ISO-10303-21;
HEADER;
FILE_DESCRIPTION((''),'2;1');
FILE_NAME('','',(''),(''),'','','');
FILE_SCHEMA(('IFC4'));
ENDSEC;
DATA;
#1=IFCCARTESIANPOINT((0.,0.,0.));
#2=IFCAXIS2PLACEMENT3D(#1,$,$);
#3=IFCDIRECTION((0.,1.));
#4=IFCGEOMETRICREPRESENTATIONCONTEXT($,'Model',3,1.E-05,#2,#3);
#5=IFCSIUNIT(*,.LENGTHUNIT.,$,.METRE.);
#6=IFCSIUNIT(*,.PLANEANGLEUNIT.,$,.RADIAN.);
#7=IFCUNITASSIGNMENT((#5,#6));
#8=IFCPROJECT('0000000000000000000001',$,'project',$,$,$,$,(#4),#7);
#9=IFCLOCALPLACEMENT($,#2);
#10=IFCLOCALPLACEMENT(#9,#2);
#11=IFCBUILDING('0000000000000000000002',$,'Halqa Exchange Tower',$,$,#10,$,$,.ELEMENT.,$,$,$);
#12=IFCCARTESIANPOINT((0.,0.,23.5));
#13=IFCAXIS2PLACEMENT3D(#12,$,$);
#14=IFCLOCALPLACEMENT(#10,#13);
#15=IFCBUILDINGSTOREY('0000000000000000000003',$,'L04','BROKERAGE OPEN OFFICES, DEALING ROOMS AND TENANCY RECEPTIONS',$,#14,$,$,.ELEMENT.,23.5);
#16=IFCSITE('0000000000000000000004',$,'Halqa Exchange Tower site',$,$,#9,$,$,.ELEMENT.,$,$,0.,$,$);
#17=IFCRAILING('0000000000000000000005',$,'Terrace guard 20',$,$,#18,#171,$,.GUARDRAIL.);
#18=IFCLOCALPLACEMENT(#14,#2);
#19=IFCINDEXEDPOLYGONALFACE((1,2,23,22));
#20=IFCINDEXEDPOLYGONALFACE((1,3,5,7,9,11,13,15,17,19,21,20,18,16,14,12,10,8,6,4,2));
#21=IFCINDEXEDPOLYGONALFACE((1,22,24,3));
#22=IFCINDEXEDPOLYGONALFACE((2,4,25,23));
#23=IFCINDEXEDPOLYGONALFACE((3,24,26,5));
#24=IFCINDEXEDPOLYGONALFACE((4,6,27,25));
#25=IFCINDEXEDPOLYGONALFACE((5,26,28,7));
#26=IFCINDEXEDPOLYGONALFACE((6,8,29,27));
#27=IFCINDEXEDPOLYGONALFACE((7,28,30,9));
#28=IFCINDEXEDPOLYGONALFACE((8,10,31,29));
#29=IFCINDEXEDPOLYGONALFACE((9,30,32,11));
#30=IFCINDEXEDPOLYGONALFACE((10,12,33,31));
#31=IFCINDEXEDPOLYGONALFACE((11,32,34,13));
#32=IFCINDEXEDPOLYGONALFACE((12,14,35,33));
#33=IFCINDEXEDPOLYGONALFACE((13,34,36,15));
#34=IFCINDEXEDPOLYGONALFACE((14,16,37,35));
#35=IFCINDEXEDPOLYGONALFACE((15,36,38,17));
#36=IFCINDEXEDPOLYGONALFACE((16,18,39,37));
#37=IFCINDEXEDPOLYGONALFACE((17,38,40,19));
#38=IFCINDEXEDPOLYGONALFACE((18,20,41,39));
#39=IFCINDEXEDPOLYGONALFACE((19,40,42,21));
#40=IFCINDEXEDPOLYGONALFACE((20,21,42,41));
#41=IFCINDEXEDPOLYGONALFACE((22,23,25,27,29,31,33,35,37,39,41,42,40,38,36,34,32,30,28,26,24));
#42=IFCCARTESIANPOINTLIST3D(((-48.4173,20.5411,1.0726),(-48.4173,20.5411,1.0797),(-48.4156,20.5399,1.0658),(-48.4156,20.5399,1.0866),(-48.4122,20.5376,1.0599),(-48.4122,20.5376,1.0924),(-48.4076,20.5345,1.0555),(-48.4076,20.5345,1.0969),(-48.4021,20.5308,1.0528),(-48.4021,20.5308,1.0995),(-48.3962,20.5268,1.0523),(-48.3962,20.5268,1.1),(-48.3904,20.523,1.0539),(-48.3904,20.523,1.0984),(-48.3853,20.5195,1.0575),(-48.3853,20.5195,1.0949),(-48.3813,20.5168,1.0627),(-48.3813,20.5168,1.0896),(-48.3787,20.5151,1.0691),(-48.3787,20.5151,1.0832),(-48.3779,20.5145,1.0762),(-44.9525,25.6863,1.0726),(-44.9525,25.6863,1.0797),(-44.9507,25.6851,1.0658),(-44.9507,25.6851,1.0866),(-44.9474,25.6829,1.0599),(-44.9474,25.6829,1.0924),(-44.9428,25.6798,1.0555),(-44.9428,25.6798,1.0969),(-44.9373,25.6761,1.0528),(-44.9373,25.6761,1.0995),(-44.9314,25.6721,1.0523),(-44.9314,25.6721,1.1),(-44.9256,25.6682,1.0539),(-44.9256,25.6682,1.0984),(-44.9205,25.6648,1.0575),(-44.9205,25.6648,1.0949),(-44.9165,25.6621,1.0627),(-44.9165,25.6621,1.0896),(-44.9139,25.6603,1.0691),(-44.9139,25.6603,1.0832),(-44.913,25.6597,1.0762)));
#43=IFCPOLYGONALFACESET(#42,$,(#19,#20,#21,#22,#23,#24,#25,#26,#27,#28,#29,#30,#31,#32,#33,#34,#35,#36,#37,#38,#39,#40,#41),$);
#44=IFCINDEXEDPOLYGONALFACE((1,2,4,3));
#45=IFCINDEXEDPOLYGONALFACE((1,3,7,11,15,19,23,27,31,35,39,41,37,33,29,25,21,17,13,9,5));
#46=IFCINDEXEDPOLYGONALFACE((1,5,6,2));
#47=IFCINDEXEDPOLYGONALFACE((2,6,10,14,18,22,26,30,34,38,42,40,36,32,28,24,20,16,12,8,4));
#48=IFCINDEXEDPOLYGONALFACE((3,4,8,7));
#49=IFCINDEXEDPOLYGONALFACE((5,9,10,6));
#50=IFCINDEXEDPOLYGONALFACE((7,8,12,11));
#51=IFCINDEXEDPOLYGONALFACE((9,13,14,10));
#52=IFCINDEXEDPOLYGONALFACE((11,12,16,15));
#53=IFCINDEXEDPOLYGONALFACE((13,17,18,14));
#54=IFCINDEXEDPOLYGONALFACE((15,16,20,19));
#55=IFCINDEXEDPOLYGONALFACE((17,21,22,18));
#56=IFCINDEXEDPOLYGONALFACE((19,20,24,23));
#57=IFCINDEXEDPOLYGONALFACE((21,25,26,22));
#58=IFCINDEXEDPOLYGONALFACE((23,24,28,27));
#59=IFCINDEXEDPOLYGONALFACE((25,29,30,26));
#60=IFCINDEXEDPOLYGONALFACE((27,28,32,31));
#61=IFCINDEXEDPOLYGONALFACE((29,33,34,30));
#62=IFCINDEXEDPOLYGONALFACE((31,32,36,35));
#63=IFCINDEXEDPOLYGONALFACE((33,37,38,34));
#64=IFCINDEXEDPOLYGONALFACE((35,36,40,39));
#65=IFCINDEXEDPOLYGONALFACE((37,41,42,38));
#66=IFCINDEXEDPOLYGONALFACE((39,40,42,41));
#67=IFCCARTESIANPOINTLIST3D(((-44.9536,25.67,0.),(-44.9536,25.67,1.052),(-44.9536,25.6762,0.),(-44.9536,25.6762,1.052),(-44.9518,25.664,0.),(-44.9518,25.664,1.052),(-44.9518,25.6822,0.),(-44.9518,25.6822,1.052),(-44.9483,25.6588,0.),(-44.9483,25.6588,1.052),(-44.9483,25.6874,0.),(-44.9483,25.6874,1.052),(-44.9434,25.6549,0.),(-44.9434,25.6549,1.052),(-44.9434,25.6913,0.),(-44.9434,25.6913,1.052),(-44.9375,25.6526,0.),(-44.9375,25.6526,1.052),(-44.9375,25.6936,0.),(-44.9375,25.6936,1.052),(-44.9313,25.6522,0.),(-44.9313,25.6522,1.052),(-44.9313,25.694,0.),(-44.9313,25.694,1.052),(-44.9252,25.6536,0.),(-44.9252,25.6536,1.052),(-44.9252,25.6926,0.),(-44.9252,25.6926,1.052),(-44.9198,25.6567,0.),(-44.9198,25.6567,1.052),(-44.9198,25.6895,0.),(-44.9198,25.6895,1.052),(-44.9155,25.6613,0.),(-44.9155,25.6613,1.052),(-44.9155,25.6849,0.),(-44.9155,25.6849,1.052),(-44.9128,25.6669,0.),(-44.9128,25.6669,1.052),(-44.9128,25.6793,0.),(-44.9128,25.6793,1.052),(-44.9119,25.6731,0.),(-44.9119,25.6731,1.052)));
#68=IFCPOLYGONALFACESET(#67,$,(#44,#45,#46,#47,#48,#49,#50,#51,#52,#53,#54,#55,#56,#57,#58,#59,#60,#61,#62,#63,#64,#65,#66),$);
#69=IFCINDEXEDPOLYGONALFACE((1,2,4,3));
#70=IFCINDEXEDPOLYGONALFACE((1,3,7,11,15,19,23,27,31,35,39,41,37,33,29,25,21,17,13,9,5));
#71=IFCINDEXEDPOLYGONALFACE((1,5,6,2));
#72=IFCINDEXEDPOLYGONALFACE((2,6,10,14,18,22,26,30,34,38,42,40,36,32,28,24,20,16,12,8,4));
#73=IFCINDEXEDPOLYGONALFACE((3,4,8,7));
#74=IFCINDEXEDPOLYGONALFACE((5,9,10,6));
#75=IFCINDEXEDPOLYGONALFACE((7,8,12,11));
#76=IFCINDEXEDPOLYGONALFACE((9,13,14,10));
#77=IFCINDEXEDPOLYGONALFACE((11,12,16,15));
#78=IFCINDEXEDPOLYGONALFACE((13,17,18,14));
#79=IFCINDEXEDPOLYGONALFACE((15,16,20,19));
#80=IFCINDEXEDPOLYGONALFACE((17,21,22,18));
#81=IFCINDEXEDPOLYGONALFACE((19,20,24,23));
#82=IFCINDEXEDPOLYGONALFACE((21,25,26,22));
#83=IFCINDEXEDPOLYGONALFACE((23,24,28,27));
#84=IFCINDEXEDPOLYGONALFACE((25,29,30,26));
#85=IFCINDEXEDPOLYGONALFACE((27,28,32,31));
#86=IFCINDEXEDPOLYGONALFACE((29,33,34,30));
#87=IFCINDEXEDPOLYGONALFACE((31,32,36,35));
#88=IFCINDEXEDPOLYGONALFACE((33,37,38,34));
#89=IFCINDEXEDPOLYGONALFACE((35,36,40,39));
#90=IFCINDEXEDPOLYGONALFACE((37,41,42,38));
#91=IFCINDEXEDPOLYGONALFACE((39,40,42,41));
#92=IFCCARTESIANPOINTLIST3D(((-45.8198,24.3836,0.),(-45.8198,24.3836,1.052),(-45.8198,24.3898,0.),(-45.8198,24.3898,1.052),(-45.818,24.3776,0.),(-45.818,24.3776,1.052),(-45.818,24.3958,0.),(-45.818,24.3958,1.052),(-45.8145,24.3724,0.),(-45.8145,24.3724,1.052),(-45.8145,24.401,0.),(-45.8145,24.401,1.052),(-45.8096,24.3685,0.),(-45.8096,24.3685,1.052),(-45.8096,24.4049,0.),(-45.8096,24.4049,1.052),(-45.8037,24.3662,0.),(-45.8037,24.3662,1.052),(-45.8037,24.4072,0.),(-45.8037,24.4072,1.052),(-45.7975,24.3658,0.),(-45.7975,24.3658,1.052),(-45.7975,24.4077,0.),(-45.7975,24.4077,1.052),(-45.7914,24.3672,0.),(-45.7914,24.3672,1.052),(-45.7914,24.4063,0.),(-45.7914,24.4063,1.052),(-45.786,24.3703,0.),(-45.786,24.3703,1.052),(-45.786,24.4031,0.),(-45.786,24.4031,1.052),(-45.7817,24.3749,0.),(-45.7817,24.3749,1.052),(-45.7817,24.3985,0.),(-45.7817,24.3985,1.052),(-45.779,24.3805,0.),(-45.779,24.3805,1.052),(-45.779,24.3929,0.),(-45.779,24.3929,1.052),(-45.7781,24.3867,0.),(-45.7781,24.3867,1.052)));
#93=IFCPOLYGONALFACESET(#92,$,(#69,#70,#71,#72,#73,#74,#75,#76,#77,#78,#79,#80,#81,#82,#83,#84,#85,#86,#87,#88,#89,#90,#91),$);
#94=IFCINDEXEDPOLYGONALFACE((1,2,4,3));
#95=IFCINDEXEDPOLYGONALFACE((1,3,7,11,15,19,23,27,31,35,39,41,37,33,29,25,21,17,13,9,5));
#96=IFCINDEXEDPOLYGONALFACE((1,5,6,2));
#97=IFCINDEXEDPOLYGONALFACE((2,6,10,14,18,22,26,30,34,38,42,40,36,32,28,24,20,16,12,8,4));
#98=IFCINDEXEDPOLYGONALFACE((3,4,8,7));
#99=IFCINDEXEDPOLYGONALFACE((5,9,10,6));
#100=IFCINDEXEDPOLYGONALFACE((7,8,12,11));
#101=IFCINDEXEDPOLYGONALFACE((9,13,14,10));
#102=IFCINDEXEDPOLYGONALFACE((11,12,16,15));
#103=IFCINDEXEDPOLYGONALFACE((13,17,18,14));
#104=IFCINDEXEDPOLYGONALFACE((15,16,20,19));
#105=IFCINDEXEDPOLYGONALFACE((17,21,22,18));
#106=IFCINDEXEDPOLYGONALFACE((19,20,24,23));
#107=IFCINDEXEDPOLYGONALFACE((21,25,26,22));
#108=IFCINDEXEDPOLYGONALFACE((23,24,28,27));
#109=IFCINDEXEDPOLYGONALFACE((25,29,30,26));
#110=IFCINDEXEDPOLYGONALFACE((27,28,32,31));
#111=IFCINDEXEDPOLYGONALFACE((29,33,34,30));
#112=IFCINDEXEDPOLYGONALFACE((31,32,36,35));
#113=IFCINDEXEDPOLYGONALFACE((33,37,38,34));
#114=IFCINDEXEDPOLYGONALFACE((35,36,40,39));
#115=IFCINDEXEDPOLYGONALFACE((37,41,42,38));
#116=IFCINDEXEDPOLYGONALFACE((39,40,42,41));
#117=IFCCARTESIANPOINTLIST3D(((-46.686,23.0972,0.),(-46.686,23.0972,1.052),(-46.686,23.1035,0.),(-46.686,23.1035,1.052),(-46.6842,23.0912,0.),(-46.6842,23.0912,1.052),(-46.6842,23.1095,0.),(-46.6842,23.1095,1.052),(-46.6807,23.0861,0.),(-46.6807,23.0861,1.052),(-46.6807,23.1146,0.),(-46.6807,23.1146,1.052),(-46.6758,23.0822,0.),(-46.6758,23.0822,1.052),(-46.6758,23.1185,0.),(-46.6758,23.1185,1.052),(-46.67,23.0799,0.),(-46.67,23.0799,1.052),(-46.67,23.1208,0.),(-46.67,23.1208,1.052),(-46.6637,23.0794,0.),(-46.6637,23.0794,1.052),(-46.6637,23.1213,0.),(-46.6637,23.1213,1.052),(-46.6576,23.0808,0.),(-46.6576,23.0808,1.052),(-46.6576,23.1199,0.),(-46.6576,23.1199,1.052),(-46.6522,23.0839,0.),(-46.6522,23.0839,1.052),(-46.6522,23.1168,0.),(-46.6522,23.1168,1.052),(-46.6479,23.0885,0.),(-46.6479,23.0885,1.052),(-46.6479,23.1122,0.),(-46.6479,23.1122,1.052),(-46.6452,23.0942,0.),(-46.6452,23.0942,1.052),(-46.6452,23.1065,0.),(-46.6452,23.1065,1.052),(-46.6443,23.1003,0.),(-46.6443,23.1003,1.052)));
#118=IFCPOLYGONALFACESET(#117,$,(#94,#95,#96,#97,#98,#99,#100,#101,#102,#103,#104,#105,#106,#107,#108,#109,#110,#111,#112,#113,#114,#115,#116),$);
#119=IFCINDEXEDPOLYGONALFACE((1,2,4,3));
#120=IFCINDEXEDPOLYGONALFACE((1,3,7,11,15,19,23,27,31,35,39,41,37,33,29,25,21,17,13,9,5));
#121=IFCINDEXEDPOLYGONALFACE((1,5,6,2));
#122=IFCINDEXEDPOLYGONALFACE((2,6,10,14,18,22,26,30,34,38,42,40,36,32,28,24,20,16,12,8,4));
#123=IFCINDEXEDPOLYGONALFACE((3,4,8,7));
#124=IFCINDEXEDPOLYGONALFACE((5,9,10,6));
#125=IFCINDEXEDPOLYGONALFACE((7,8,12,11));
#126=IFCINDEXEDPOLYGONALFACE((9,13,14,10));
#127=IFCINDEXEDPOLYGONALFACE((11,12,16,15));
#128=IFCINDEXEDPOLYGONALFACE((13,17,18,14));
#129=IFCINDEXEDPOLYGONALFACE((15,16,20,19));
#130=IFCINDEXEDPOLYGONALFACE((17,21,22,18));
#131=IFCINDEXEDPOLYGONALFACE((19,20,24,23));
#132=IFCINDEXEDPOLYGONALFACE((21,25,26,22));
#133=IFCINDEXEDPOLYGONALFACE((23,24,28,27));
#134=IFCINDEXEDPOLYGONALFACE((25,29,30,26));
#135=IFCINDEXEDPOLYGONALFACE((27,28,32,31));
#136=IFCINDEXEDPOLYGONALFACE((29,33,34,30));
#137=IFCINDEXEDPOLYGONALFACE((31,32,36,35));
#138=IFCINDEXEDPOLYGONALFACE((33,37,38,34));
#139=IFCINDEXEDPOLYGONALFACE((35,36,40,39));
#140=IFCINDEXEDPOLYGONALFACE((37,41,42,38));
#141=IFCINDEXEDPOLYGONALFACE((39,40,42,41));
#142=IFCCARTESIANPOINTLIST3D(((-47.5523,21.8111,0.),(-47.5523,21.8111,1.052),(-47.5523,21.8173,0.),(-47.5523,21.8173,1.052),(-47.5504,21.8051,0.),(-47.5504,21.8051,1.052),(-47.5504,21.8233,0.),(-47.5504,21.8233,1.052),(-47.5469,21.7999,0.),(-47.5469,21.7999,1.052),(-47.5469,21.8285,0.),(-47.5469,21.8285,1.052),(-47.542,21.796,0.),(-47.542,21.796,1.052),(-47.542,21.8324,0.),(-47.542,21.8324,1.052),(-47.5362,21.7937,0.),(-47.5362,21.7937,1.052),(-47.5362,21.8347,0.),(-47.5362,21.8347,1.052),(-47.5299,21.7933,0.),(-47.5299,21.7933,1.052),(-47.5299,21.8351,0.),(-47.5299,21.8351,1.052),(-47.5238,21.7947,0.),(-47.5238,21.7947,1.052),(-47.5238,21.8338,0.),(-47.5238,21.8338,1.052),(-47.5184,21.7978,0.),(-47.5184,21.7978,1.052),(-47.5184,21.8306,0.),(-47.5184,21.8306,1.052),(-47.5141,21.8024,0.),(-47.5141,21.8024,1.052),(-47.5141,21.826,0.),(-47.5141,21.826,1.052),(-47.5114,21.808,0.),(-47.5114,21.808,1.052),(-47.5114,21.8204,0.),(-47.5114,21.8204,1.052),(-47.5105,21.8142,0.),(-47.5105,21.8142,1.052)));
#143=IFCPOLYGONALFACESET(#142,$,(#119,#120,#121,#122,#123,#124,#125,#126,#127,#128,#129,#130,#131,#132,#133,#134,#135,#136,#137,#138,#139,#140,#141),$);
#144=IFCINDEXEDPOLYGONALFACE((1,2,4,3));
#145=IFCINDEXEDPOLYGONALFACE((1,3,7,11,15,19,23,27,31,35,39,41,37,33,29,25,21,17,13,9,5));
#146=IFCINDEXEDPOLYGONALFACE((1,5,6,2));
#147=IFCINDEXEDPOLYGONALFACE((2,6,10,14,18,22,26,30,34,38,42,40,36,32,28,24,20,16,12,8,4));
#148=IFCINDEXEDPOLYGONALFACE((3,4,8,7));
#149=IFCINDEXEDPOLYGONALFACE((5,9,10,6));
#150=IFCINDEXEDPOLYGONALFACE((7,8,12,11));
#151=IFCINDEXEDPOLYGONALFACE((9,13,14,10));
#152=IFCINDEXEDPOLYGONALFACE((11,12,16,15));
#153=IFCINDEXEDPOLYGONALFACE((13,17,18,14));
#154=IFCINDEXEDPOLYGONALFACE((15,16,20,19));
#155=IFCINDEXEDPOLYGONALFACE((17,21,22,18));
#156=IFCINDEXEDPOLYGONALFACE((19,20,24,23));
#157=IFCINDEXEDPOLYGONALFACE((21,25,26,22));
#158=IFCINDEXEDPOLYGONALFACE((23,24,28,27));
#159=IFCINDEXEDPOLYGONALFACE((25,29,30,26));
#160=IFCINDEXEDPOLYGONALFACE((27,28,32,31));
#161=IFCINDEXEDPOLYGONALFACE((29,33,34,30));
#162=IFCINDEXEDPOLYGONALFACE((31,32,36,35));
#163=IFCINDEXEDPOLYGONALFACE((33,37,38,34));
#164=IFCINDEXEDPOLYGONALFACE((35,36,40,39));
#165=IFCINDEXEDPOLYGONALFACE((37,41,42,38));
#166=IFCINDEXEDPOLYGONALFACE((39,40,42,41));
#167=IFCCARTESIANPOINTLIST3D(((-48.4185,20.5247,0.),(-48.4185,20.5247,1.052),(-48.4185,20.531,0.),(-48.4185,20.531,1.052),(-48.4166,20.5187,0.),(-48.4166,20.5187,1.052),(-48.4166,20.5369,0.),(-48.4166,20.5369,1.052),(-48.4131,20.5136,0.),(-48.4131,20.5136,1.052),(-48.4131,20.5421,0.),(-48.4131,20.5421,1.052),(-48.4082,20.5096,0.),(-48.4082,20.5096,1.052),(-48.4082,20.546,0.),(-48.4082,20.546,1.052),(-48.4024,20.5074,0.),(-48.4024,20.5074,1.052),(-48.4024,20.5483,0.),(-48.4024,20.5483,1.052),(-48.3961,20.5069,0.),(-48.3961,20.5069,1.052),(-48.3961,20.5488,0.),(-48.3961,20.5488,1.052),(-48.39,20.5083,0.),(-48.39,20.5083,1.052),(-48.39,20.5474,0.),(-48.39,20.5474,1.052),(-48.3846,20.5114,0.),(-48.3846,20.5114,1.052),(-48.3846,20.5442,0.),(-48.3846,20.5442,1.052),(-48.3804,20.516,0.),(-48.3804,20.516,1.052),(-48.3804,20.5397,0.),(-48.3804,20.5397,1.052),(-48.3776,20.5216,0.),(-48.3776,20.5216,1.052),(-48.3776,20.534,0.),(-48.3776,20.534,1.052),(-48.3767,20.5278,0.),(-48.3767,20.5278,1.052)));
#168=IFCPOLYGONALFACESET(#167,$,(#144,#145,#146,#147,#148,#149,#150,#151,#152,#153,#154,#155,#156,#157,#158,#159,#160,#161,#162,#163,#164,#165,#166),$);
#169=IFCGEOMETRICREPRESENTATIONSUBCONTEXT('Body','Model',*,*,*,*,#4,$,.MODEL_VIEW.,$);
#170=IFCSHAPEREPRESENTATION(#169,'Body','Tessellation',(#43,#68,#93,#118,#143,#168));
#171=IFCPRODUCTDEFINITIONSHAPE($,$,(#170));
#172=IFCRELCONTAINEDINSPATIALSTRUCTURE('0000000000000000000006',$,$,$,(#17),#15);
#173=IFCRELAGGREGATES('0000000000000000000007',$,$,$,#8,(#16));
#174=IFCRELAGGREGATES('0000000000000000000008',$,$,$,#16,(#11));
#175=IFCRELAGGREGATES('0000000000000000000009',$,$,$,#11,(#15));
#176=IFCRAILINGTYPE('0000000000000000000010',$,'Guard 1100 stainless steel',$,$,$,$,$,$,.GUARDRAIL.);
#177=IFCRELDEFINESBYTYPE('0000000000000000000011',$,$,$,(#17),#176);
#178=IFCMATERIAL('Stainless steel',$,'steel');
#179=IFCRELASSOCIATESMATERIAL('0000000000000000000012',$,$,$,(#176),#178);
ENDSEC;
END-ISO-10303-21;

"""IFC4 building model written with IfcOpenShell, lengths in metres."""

from ifc_helpers import new_model, si_unit, direction, frame, origin, origin_2d, place, context, subcontext, project, spatial, circle, extrude, material, type_object, element, save


model = new_model("IFC4")

# Units and contexts
model_context = context("Model", 3, precision=1e-05, world=origin(), true_north=direction((0.0, 1.0)))
body_context = subcontext(model_context, "Body", "Model", "MODEL_VIEW")
ifc_project = project(units=[si_unit("LENGTHUNIT", "METRE"), si_unit("PLANEANGLEUNIT", "RADIAN")], contexts=[model_context])

# Site, building, storey
site_placement = place(None, origin())
site = spatial("IfcSite", under=ifc_project, at=site_placement, Name="Halqa Exchange Tower site", CompositionType="ELEMENT", RefElevation=0.0)
building_placement = place(site_placement, origin())
building = spatial("IfcBuilding", under=site, at=building_placement, Name="Halqa Exchange Tower", CompositionType="ELEMENT")
storey_placement = place(building_placement, frame((0.0, 0.0, 23.5)))
storey = spatial("IfcBuildingStorey", under=building, at=storey_placement, Name="L04", Description="BROKERAGE OPEN OFFICES, DEALING ROOMS AND TENANCY RECEPTIONS", CompositionType="ELEMENT", Elevation=23.5)

# Railing
ifc_material_1 = material(Name="Stainless steel", Category="steel")
railing_type = type_object("IfcRailingType", Name="Guard 1100 stainless steel", PredefinedType="GUARDRAIL", material=ifc_material_1)
railing_1_placement = place(storey_placement, frame((-44.9329, 25.6731, 0.0)))
element("IfcRailing", 1, at=railing_1_placement, inside=storey, type_object=railing_type, Name="Terrace guard 20", PredefinedType="GUARDRAIL", context=body_context, shape_type="SweptSolid", body=[
    extrude(circle(Radius=0.0239, at=origin_2d()), frame((0.0, 0.0, 1.0762), z_axis=(-0.558563, -0.829462, 0.0), x_axis=(0.829462, -0.558563, 0.0)), (0.0, 0.0, 1.0), 6.2031),
    extrude(circle(Radius=0.021, at=origin_2d()), origin(), (0.0, 0.0, 1.0), 1.052),
    extrude(circle(Radius=0.021, at=origin_2d()), frame((-0.8662, -1.2864, 0.0)), (0.0, 0.0, 1.0), 1.052),
    extrude(circle(Radius=0.021, at=origin_2d()), frame((-1.7324, -2.5728, 0.0)), (0.0, 0.0, 1.0), 1.052),
    extrude(circle(Radius=0.021, at=origin_2d()), frame((-2.5986, -3.8589, 0.0)), (0.0, 0.0, 1.0), 1.052),
    extrude(circle(Radius=0.021, at=origin_2d()), frame((-3.4648, -5.1453, 0.0)), (0.0, 0.0, 1.0), 1.052),
])

save(model, "model.ifc")
